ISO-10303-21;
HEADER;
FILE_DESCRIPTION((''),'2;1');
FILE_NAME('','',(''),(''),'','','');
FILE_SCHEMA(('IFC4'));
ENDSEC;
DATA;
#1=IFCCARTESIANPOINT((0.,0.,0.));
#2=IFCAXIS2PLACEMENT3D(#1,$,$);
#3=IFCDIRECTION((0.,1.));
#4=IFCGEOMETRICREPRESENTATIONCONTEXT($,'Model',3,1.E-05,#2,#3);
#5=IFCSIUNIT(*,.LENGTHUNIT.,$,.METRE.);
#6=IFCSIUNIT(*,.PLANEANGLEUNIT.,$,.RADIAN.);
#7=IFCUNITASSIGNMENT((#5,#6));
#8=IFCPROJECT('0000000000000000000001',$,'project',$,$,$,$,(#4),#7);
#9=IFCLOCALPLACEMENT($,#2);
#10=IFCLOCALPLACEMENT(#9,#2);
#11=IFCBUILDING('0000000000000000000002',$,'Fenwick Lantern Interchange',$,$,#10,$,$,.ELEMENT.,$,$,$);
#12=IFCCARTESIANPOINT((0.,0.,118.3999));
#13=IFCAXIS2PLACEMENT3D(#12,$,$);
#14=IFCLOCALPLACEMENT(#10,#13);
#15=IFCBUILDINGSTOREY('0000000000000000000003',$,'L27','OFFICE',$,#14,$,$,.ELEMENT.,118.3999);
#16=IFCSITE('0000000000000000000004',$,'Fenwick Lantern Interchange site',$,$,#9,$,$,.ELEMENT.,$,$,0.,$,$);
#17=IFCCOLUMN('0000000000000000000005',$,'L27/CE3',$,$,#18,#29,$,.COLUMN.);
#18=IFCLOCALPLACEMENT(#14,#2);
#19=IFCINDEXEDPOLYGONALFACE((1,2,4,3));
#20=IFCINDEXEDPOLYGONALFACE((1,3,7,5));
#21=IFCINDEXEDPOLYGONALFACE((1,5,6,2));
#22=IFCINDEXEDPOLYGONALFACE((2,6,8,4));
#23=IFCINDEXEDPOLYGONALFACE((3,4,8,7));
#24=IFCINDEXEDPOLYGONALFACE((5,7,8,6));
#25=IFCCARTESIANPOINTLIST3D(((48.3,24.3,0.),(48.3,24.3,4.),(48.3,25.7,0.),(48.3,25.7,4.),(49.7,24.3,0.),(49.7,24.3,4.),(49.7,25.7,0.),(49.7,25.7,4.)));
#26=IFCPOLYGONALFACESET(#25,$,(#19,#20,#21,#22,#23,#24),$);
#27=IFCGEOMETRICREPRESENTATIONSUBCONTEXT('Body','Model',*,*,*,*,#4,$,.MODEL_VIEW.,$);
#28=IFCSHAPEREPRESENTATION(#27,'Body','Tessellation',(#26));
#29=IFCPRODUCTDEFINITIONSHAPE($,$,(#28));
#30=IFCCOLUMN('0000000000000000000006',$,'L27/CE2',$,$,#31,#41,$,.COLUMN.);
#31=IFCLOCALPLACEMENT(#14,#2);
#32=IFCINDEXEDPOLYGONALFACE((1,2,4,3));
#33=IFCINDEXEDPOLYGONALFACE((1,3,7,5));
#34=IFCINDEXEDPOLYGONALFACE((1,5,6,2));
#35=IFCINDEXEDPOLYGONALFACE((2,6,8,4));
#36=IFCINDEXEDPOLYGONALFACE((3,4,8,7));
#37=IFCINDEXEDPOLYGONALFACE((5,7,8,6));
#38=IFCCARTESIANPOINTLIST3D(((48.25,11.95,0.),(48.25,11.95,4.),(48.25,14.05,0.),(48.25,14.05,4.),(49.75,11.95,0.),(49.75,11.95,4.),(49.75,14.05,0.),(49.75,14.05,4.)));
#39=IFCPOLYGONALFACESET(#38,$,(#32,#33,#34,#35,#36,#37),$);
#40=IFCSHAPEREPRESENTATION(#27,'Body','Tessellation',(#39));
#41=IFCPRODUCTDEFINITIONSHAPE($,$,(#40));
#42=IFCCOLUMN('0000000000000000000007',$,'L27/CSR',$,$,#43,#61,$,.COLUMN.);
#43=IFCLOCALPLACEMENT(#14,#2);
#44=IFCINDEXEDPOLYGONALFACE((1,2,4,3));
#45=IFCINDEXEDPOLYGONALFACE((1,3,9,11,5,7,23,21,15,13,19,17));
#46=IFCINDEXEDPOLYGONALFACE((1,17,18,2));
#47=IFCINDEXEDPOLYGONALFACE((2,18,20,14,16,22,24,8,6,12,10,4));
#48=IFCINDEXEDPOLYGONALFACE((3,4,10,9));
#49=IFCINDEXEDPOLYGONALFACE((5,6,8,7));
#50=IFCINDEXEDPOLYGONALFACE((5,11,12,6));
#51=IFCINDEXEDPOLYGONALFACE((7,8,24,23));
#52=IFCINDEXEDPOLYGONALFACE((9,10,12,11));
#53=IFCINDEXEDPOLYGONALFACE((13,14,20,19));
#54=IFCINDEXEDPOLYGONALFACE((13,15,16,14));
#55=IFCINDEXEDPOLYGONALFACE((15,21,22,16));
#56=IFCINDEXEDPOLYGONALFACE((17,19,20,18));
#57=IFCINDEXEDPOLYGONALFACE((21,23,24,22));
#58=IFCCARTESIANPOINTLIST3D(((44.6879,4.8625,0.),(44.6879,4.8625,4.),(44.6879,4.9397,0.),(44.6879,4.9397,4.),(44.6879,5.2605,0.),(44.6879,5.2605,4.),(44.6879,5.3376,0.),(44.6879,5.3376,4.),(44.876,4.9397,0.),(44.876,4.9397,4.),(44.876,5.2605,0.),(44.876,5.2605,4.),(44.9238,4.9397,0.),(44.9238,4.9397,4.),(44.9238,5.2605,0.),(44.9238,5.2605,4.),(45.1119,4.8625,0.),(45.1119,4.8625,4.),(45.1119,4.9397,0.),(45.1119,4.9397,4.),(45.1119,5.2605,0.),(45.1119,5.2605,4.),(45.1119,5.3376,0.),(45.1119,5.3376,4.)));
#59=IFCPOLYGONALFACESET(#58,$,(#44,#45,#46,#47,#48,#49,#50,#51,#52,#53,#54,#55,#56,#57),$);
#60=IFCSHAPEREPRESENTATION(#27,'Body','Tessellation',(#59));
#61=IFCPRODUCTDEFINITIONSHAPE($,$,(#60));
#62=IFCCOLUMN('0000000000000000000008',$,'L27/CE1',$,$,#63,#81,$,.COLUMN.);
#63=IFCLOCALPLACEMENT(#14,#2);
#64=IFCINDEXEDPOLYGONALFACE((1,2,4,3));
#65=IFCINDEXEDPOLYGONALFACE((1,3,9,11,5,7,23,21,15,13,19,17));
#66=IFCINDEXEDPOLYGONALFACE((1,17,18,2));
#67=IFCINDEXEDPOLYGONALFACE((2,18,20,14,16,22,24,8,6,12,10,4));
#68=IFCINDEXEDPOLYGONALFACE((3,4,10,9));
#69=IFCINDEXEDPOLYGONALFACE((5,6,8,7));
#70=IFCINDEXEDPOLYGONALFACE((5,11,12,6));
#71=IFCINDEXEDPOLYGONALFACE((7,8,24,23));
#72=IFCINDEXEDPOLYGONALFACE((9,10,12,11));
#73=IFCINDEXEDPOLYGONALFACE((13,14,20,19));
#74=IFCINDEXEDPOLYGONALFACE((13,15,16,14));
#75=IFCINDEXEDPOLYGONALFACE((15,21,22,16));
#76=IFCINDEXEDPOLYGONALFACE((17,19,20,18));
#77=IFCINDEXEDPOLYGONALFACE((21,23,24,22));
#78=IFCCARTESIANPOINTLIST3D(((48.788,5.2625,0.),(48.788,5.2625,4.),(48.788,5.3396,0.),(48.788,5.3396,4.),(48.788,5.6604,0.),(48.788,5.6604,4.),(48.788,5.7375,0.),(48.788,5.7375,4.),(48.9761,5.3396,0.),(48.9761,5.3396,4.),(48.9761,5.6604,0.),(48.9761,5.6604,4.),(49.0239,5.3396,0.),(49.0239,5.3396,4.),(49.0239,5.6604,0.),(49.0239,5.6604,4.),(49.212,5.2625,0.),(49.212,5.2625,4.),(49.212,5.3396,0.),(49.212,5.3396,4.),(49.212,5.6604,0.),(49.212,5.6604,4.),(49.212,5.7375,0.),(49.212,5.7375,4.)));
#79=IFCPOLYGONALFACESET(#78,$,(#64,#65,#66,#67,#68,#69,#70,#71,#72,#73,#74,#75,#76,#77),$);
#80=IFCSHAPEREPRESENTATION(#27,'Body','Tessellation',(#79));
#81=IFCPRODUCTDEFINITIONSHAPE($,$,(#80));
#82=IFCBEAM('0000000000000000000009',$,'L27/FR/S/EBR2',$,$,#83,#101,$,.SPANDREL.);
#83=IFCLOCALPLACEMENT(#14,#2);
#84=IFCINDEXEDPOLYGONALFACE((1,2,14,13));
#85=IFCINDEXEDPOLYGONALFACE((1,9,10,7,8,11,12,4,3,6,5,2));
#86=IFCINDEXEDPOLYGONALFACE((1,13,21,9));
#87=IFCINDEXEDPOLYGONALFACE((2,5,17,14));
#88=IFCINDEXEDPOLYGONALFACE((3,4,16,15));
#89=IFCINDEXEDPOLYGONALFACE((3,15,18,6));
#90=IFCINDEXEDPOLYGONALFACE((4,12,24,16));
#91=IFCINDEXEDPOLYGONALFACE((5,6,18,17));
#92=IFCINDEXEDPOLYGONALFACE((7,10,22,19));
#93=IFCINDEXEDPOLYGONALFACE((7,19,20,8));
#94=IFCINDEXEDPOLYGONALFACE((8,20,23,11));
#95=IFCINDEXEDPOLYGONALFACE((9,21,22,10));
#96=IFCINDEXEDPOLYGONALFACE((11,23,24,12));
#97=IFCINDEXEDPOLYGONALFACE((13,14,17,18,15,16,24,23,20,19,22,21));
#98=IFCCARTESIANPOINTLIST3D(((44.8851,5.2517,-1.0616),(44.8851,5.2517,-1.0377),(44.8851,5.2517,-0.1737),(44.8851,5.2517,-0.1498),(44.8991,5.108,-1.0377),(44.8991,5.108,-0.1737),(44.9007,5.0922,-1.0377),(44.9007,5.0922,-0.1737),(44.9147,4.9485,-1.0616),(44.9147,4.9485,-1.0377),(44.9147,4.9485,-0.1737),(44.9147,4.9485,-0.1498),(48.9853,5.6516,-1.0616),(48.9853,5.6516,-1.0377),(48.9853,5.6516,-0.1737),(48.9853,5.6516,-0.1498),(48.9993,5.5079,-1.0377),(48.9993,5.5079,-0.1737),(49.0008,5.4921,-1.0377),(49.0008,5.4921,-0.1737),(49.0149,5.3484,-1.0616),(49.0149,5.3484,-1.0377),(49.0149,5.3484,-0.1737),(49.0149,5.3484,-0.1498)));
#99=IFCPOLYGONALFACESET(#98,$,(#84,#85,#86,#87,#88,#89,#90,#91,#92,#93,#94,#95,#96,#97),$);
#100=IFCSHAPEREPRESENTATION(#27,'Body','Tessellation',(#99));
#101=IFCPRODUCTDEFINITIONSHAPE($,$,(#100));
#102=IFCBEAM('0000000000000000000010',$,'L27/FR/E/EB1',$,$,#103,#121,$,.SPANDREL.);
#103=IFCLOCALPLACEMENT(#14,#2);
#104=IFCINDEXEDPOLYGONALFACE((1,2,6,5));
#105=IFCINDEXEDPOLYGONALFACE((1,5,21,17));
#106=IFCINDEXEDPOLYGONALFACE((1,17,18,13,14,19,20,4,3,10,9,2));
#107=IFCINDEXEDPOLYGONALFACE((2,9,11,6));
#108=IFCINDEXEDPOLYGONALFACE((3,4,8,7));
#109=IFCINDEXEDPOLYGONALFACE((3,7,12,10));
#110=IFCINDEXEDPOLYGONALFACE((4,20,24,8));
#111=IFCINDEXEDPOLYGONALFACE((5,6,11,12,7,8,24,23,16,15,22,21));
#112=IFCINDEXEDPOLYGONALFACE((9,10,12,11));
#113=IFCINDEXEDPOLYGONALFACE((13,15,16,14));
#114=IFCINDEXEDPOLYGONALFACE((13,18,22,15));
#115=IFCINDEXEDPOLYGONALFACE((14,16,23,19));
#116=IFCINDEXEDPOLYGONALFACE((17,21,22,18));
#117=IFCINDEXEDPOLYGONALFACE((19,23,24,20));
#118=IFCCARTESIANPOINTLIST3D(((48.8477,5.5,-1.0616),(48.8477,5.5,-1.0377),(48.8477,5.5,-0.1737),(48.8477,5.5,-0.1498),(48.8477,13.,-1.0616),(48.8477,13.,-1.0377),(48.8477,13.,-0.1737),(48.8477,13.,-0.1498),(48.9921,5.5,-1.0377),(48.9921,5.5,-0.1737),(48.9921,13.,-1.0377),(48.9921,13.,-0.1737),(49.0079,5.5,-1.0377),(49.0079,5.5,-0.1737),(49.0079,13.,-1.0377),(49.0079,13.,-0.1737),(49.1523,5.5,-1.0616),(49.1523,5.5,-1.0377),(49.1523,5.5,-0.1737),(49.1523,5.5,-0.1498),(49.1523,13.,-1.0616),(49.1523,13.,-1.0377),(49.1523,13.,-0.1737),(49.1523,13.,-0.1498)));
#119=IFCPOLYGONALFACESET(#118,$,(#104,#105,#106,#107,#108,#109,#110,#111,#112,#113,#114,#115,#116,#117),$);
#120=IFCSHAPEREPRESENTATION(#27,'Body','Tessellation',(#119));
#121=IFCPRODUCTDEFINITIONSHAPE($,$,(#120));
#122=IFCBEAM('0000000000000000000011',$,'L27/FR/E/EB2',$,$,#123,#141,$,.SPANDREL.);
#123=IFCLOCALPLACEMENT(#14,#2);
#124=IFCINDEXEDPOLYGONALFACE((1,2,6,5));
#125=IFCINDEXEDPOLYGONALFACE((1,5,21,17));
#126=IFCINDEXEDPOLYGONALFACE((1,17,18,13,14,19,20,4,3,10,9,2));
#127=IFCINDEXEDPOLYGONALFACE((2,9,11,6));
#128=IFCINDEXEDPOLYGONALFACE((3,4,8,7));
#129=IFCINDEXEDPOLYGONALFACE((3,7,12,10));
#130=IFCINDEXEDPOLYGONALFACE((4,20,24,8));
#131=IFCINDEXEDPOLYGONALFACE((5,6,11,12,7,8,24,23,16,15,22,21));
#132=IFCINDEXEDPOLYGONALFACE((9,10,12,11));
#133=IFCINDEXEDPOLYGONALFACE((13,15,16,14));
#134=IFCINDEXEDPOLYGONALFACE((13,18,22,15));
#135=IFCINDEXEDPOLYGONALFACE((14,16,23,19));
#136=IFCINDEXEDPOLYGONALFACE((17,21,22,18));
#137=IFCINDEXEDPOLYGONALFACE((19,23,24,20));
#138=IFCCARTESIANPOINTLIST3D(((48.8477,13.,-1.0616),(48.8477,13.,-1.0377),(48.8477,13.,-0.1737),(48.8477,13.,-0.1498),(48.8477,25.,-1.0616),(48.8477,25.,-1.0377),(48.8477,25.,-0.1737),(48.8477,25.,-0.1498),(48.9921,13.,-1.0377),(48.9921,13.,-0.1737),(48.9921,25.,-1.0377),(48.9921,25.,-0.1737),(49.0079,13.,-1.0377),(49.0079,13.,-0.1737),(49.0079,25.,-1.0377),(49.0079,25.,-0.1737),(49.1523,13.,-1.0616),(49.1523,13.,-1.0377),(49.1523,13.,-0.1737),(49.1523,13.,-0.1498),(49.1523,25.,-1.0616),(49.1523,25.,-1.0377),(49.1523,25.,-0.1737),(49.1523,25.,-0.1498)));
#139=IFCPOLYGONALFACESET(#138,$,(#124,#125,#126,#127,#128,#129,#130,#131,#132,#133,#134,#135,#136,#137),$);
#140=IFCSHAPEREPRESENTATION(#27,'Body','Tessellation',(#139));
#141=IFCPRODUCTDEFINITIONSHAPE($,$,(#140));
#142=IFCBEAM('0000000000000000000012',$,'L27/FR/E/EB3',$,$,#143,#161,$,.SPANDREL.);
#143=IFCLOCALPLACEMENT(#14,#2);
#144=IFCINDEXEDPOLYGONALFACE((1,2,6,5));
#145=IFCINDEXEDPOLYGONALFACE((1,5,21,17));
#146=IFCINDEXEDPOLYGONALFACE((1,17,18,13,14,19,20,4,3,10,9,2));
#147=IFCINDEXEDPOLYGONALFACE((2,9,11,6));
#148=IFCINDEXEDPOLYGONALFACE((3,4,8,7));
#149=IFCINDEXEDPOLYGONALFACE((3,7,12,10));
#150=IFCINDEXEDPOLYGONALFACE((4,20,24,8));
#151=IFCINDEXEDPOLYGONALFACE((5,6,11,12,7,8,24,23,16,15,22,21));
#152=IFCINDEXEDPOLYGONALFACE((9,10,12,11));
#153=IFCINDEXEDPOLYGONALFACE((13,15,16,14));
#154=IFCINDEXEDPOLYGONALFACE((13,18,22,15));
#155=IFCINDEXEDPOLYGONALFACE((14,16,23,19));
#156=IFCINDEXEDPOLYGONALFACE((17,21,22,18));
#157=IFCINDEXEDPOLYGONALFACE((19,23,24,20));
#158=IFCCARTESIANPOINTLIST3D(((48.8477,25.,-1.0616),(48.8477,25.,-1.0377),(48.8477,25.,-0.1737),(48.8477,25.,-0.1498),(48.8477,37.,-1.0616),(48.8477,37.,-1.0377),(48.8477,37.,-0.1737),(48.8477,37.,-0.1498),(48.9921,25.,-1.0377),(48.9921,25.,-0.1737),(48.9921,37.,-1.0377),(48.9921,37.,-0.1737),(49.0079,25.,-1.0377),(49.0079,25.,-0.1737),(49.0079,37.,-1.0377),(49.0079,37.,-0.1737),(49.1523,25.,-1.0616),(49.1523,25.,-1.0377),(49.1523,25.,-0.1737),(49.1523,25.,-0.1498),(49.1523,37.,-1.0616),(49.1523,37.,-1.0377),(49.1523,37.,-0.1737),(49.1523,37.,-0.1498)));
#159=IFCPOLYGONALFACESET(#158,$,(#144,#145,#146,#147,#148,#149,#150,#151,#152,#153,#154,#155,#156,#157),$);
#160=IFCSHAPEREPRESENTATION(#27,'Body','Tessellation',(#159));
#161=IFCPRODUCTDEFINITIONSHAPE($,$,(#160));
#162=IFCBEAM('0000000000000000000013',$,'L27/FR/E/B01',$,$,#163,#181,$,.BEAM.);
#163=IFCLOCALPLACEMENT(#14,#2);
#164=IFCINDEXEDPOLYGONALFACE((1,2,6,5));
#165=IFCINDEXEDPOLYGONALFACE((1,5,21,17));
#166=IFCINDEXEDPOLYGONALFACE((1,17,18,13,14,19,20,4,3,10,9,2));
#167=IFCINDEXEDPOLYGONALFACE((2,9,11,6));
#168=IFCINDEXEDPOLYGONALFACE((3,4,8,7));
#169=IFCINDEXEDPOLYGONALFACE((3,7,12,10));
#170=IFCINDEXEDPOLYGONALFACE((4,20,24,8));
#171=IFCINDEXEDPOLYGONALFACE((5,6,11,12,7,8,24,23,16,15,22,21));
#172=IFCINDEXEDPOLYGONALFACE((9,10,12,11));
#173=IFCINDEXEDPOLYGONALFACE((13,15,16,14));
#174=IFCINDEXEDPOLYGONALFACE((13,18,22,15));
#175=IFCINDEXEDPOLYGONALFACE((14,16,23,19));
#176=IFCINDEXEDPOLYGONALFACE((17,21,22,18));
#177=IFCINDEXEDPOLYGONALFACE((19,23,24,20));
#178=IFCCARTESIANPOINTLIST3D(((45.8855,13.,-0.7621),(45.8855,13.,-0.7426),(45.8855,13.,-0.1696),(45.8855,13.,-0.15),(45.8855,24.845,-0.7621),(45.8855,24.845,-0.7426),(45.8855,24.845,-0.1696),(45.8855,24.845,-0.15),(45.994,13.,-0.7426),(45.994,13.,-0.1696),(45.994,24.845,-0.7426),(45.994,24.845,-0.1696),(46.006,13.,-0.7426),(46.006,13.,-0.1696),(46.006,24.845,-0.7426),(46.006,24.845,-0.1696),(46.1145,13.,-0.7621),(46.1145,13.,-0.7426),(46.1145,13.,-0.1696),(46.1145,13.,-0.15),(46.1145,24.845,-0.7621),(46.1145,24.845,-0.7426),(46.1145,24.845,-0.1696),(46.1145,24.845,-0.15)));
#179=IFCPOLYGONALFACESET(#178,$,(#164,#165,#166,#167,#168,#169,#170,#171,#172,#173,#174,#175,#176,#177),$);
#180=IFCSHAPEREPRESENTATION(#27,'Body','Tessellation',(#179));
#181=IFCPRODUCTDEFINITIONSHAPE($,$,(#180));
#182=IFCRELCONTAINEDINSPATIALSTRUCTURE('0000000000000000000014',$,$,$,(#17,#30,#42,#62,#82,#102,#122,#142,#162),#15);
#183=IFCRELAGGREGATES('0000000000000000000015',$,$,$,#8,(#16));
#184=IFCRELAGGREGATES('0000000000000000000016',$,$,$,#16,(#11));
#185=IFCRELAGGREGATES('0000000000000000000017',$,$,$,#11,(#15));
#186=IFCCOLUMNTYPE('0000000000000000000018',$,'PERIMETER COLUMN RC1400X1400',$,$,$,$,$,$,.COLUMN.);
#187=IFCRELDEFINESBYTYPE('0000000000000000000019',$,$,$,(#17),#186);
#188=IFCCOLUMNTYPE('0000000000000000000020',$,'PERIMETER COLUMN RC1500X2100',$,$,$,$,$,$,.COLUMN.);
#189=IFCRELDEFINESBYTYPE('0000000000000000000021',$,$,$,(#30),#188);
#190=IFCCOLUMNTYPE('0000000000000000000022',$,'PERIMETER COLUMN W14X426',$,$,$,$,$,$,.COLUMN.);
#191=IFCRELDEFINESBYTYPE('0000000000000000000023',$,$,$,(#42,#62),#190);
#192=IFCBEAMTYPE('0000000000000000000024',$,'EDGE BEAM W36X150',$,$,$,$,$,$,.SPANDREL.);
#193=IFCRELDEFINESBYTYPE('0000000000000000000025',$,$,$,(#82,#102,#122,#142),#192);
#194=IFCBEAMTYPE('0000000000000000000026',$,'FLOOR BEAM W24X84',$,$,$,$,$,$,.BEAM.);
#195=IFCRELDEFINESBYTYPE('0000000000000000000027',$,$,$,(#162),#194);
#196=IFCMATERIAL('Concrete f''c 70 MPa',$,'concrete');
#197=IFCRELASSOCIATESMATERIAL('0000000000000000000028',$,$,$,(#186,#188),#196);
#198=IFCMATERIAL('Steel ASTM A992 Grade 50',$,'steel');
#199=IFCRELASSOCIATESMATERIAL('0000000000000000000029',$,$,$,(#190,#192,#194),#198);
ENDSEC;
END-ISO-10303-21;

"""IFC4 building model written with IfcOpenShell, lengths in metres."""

from ifc_helpers import new_model, si_unit, direction, frame, origin, origin_2d, place, context, subcontext, project, spatial, rectangle, i_section, extrude, material, material_profile, profile_set, type_object, element, save


model = new_model("IFC4")

# Units and contexts
model_context = context("Model", 3, precision=1e-05, world=origin(), true_north=direction((0.0, 1.0)))
body_context = subcontext(model_context, "Body", "Model", "MODEL_VIEW")
ifc_project = project(units=[si_unit("LENGTHUNIT", "METRE"), si_unit("PLANEANGLEUNIT", "RADIAN")], contexts=[model_context])

# Site, building, storey
site_placement = place(None, origin())
site = spatial("IfcSite", under=ifc_project, at=site_placement, Name="Fenwick Lantern Interchange site", CompositionType="ELEMENT", RefElevation=0.0)
building_placement = place(site_placement, origin())
building = spatial("IfcBuilding", under=site, at=building_placement, Name="Fenwick Lantern Interchange", CompositionType="ELEMENT")
storey_placement = place(building_placement, frame((0.0, 0.0, 118.3999)))
storey = spatial("IfcBuildingStorey", under=building, at=storey_placement, Name="L27", Description="OFFICE", CompositionType="ELEMENT", Elevation=118.3999)

# Columns
ifc_material_1 = material(Name="Concrete f'c 70 MPa", Category="concrete")
ifc_material_profile_1 = material_profile(ifc_material_1, rectangle(XDim=1.3999, YDim=1.3999, at=origin_2d()), Name="RC1400X1400")
ifc_profile_set_1 = profile_set([ifc_material_profile_1], Name="Concrete f'c 70 MPa")
column_type_1 = type_object("IfcColumnType", Name="PERIMETER COLUMN RC1400X1400", PredefinedType="COLUMN", material=ifc_profile_set_1)
column_1_placement = place(storey_placement, frame((49.0, 25.0, 0.0), z_axis=(0.0, 0.0, 1.0), x_axis=(1.0, 0.0, 0.0)))
element("IfcColumn", 1, at=column_1_placement, inside=storey, type_object=column_type_1, Name="L27/CE3", PredefinedType="COLUMN", context=body_context, shape_type="SweptSolid", body=[
    extrude(rectangle(XDim=1.3999, YDim=1.3999, at=origin_2d()), origin(), (0.0, 0.0, 1.0), 4.0),
])
ifc_material_profile_2 = material_profile(ifc_material_1, rectangle(XDim=1.5, YDim=2.1001, at=origin_2d()), Name="RC1500X2100")
ifc_profile_set_2 = profile_set([ifc_material_profile_2], Name="Concrete f'c 70 MPa")
column_type_2 = type_object("IfcColumnType", Name="PERIMETER COLUMN RC1500X2100", PredefinedType="COLUMN", material=ifc_profile_set_2)
column_2_placement = place(storey_placement, frame((49.0, 13.0, 0.0), z_axis=(0.0, 0.0, 1.0), x_axis=(1.0, 0.0, 0.0)))
element("IfcColumn", 2, at=column_2_placement, inside=storey, type_object=column_type_2, Name="L27/CE2", PredefinedType="COLUMN", context=body_context, shape_type="SweptSolid", body=[
    extrude(rectangle(XDim=1.5, YDim=2.1001, at=origin_2d()), origin(), (0.0, 0.0, 1.0), 4.0),
])
ifc_material_2 = material(Name="Steel ASTM A992 Grade 50", Category="steel")
ifc_material_profile_3 = material_profile(ifc_material_2, i_section(OverallWidth=0.4241, OverallDepth=0.4751, WebThickness=0.0479, FlangeThickness=0.0771, at=origin_2d()), Name="W14X426")
ifc_profile_set_3 = profile_set([ifc_material_profile_3], Name="Steel ASTM A992 Grade 50")
column_type_3 = type_object("IfcColumnType", Name="PERIMETER COLUMN W14X426", PredefinedType="COLUMN", material=ifc_profile_set_3)
for number, where, z_axis, x_axis, name in (
    (3, (44.8999, 5.1001, 0.0), (0.0, 0.0, 1.0), (1.0, 0.0, 0.0), "L27/CSR"),
    (4, (49.0, 5.5, 0.0), (0.0, 0.0, 1.0), (1.0, 0.0, 0.0), "L27/CE1"),
):
    element("IfcColumn", number, at=place(storey_placement, frame(where, z_axis=z_axis, x_axis=x_axis)), inside=storey, type_object=column_type_3, Name=name, PredefinedType="COLUMN", context=body_context, shape_type="SweptSolid", body=[
        extrude(i_section(OverallWidth=0.4241, OverallDepth=0.4751, WebThickness=0.0479, FlangeThickness=0.0771, at=origin_2d()), origin(), (0.0, 0.0, 1.0), 4.0),
    ])

# Beams
ifc_material_profile_4 = material_profile(ifc_material_2, i_section(OverallWidth=0.3047, OverallDepth=0.9119, WebThickness=0.0159, FlangeThickness=0.0239, at=origin_2d()), Name="W36X150")
ifc_profile_set_4 = profile_set([ifc_material_profile_4], Name="Steel ASTM A992 Grade 50")
beam_type_1 = type_object("IfcBeamType", Name="EDGE BEAM W36X150", PredefinedType="SPANDREL", material=ifc_profile_set_4)
beam_1_placement = place(storey_placement, frame((44.8999, 5.1001, -0.6057), z_axis=(0.995277, 0.097074, 0.0), x_axis=(-0.097074, 0.995277, 0.0)))
element("IfcBeam", 5, at=beam_1_placement, inside=storey, type_object=beam_type_1, Name="L27/FR/S/EBR2", PredefinedType="SPANDREL", context=body_context, shape_type="SweptSolid", body=[
    extrude(i_section(OverallWidth=0.3047, OverallDepth=0.9119, WebThickness=0.0159, FlangeThickness=0.0239, at=origin_2d()), origin(), (0.0, 0.0, 1.0), 4.1196),
])
beam_2_placement = place(storey_placement, frame((49.0, 5.5, -0.6057), z_axis=(0.0, 1.0, 0.0), x_axis=(-1.0, 0.0, 0.0)))
element("IfcBeam", 6, at=beam_2_placement, inside=storey, type_object=beam_type_1, Name="L27/FR/E/EB1", PredefinedType="SPANDREL", context=body_context, shape_type="SweptSolid", body=[
    extrude(i_section(OverallWidth=0.3047, OverallDepth=0.9119, WebThickness=0.0159, FlangeThickness=0.0239, at=origin_2d()), origin(), (0.0, 0.0, 1.0), 7.5),
])
for number, where, z_axis, x_axis, name in (
    (7, (49.0, 13.0, -0.6057), (0.0, 1.0, 0.0), (-1.0, 0.0, 0.0), "L27/FR/E/EB2"),
    (8, (49.0, 25.0, -0.6057), (0.0, 1.0, 0.0), (-1.0, 0.0, 0.0), "L27/FR/E/EB3"),
):
    element("IfcBeam", number, at=place(storey_placement, frame(where, z_axis=z_axis, x_axis=x_axis)), inside=storey, type_object=beam_type_1, Name=name, PredefinedType="SPANDREL", context=body_context, shape_type="SweptSolid", body=[
        extrude(i_section(OverallWidth=0.3047, OverallDepth=0.9119, WebThickness=0.0159, FlangeThickness=0.0239, at=origin_2d()), origin(), (0.0, 0.0, 1.0), 12.0),
    ])
ifc_material_profile_5 = material_profile(ifc_material_2, i_section(OverallWidth=0.229, OverallDepth=0.6121, WebThickness=0.012, FlangeThickness=0.0195, at=origin_2d()), Name="W24X84")
ifc_profile_set_5 = profile_set([ifc_material_profile_5], Name="Steel ASTM A992 Grade 50")
beam_type_2 = type_object("IfcBeamType", Name="FLOOR BEAM W24X84", PredefinedType="BEAM", material=ifc_profile_set_5)
beam_3_placement = place(storey_placement, frame((46.0, 13.0, -0.4561), z_axis=(0.0, 1.0, 0.0), x_axis=(-1.0, 0.0, 0.0)))
element("IfcBeam", 9, at=beam_3_placement, inside=storey, type_object=beam_type_2, Name="L27/FR/E/B01", PredefinedType="BEAM", context=body_context, shape_type="SweptSolid", body=[
    extrude(i_section(OverallWidth=0.229, OverallDepth=0.6121, WebThickness=0.012, FlangeThickness=0.0195, at=origin_2d()), origin(), (0.0, 0.0, 1.0), 11.845),
])

save(model, "model.ifc")
